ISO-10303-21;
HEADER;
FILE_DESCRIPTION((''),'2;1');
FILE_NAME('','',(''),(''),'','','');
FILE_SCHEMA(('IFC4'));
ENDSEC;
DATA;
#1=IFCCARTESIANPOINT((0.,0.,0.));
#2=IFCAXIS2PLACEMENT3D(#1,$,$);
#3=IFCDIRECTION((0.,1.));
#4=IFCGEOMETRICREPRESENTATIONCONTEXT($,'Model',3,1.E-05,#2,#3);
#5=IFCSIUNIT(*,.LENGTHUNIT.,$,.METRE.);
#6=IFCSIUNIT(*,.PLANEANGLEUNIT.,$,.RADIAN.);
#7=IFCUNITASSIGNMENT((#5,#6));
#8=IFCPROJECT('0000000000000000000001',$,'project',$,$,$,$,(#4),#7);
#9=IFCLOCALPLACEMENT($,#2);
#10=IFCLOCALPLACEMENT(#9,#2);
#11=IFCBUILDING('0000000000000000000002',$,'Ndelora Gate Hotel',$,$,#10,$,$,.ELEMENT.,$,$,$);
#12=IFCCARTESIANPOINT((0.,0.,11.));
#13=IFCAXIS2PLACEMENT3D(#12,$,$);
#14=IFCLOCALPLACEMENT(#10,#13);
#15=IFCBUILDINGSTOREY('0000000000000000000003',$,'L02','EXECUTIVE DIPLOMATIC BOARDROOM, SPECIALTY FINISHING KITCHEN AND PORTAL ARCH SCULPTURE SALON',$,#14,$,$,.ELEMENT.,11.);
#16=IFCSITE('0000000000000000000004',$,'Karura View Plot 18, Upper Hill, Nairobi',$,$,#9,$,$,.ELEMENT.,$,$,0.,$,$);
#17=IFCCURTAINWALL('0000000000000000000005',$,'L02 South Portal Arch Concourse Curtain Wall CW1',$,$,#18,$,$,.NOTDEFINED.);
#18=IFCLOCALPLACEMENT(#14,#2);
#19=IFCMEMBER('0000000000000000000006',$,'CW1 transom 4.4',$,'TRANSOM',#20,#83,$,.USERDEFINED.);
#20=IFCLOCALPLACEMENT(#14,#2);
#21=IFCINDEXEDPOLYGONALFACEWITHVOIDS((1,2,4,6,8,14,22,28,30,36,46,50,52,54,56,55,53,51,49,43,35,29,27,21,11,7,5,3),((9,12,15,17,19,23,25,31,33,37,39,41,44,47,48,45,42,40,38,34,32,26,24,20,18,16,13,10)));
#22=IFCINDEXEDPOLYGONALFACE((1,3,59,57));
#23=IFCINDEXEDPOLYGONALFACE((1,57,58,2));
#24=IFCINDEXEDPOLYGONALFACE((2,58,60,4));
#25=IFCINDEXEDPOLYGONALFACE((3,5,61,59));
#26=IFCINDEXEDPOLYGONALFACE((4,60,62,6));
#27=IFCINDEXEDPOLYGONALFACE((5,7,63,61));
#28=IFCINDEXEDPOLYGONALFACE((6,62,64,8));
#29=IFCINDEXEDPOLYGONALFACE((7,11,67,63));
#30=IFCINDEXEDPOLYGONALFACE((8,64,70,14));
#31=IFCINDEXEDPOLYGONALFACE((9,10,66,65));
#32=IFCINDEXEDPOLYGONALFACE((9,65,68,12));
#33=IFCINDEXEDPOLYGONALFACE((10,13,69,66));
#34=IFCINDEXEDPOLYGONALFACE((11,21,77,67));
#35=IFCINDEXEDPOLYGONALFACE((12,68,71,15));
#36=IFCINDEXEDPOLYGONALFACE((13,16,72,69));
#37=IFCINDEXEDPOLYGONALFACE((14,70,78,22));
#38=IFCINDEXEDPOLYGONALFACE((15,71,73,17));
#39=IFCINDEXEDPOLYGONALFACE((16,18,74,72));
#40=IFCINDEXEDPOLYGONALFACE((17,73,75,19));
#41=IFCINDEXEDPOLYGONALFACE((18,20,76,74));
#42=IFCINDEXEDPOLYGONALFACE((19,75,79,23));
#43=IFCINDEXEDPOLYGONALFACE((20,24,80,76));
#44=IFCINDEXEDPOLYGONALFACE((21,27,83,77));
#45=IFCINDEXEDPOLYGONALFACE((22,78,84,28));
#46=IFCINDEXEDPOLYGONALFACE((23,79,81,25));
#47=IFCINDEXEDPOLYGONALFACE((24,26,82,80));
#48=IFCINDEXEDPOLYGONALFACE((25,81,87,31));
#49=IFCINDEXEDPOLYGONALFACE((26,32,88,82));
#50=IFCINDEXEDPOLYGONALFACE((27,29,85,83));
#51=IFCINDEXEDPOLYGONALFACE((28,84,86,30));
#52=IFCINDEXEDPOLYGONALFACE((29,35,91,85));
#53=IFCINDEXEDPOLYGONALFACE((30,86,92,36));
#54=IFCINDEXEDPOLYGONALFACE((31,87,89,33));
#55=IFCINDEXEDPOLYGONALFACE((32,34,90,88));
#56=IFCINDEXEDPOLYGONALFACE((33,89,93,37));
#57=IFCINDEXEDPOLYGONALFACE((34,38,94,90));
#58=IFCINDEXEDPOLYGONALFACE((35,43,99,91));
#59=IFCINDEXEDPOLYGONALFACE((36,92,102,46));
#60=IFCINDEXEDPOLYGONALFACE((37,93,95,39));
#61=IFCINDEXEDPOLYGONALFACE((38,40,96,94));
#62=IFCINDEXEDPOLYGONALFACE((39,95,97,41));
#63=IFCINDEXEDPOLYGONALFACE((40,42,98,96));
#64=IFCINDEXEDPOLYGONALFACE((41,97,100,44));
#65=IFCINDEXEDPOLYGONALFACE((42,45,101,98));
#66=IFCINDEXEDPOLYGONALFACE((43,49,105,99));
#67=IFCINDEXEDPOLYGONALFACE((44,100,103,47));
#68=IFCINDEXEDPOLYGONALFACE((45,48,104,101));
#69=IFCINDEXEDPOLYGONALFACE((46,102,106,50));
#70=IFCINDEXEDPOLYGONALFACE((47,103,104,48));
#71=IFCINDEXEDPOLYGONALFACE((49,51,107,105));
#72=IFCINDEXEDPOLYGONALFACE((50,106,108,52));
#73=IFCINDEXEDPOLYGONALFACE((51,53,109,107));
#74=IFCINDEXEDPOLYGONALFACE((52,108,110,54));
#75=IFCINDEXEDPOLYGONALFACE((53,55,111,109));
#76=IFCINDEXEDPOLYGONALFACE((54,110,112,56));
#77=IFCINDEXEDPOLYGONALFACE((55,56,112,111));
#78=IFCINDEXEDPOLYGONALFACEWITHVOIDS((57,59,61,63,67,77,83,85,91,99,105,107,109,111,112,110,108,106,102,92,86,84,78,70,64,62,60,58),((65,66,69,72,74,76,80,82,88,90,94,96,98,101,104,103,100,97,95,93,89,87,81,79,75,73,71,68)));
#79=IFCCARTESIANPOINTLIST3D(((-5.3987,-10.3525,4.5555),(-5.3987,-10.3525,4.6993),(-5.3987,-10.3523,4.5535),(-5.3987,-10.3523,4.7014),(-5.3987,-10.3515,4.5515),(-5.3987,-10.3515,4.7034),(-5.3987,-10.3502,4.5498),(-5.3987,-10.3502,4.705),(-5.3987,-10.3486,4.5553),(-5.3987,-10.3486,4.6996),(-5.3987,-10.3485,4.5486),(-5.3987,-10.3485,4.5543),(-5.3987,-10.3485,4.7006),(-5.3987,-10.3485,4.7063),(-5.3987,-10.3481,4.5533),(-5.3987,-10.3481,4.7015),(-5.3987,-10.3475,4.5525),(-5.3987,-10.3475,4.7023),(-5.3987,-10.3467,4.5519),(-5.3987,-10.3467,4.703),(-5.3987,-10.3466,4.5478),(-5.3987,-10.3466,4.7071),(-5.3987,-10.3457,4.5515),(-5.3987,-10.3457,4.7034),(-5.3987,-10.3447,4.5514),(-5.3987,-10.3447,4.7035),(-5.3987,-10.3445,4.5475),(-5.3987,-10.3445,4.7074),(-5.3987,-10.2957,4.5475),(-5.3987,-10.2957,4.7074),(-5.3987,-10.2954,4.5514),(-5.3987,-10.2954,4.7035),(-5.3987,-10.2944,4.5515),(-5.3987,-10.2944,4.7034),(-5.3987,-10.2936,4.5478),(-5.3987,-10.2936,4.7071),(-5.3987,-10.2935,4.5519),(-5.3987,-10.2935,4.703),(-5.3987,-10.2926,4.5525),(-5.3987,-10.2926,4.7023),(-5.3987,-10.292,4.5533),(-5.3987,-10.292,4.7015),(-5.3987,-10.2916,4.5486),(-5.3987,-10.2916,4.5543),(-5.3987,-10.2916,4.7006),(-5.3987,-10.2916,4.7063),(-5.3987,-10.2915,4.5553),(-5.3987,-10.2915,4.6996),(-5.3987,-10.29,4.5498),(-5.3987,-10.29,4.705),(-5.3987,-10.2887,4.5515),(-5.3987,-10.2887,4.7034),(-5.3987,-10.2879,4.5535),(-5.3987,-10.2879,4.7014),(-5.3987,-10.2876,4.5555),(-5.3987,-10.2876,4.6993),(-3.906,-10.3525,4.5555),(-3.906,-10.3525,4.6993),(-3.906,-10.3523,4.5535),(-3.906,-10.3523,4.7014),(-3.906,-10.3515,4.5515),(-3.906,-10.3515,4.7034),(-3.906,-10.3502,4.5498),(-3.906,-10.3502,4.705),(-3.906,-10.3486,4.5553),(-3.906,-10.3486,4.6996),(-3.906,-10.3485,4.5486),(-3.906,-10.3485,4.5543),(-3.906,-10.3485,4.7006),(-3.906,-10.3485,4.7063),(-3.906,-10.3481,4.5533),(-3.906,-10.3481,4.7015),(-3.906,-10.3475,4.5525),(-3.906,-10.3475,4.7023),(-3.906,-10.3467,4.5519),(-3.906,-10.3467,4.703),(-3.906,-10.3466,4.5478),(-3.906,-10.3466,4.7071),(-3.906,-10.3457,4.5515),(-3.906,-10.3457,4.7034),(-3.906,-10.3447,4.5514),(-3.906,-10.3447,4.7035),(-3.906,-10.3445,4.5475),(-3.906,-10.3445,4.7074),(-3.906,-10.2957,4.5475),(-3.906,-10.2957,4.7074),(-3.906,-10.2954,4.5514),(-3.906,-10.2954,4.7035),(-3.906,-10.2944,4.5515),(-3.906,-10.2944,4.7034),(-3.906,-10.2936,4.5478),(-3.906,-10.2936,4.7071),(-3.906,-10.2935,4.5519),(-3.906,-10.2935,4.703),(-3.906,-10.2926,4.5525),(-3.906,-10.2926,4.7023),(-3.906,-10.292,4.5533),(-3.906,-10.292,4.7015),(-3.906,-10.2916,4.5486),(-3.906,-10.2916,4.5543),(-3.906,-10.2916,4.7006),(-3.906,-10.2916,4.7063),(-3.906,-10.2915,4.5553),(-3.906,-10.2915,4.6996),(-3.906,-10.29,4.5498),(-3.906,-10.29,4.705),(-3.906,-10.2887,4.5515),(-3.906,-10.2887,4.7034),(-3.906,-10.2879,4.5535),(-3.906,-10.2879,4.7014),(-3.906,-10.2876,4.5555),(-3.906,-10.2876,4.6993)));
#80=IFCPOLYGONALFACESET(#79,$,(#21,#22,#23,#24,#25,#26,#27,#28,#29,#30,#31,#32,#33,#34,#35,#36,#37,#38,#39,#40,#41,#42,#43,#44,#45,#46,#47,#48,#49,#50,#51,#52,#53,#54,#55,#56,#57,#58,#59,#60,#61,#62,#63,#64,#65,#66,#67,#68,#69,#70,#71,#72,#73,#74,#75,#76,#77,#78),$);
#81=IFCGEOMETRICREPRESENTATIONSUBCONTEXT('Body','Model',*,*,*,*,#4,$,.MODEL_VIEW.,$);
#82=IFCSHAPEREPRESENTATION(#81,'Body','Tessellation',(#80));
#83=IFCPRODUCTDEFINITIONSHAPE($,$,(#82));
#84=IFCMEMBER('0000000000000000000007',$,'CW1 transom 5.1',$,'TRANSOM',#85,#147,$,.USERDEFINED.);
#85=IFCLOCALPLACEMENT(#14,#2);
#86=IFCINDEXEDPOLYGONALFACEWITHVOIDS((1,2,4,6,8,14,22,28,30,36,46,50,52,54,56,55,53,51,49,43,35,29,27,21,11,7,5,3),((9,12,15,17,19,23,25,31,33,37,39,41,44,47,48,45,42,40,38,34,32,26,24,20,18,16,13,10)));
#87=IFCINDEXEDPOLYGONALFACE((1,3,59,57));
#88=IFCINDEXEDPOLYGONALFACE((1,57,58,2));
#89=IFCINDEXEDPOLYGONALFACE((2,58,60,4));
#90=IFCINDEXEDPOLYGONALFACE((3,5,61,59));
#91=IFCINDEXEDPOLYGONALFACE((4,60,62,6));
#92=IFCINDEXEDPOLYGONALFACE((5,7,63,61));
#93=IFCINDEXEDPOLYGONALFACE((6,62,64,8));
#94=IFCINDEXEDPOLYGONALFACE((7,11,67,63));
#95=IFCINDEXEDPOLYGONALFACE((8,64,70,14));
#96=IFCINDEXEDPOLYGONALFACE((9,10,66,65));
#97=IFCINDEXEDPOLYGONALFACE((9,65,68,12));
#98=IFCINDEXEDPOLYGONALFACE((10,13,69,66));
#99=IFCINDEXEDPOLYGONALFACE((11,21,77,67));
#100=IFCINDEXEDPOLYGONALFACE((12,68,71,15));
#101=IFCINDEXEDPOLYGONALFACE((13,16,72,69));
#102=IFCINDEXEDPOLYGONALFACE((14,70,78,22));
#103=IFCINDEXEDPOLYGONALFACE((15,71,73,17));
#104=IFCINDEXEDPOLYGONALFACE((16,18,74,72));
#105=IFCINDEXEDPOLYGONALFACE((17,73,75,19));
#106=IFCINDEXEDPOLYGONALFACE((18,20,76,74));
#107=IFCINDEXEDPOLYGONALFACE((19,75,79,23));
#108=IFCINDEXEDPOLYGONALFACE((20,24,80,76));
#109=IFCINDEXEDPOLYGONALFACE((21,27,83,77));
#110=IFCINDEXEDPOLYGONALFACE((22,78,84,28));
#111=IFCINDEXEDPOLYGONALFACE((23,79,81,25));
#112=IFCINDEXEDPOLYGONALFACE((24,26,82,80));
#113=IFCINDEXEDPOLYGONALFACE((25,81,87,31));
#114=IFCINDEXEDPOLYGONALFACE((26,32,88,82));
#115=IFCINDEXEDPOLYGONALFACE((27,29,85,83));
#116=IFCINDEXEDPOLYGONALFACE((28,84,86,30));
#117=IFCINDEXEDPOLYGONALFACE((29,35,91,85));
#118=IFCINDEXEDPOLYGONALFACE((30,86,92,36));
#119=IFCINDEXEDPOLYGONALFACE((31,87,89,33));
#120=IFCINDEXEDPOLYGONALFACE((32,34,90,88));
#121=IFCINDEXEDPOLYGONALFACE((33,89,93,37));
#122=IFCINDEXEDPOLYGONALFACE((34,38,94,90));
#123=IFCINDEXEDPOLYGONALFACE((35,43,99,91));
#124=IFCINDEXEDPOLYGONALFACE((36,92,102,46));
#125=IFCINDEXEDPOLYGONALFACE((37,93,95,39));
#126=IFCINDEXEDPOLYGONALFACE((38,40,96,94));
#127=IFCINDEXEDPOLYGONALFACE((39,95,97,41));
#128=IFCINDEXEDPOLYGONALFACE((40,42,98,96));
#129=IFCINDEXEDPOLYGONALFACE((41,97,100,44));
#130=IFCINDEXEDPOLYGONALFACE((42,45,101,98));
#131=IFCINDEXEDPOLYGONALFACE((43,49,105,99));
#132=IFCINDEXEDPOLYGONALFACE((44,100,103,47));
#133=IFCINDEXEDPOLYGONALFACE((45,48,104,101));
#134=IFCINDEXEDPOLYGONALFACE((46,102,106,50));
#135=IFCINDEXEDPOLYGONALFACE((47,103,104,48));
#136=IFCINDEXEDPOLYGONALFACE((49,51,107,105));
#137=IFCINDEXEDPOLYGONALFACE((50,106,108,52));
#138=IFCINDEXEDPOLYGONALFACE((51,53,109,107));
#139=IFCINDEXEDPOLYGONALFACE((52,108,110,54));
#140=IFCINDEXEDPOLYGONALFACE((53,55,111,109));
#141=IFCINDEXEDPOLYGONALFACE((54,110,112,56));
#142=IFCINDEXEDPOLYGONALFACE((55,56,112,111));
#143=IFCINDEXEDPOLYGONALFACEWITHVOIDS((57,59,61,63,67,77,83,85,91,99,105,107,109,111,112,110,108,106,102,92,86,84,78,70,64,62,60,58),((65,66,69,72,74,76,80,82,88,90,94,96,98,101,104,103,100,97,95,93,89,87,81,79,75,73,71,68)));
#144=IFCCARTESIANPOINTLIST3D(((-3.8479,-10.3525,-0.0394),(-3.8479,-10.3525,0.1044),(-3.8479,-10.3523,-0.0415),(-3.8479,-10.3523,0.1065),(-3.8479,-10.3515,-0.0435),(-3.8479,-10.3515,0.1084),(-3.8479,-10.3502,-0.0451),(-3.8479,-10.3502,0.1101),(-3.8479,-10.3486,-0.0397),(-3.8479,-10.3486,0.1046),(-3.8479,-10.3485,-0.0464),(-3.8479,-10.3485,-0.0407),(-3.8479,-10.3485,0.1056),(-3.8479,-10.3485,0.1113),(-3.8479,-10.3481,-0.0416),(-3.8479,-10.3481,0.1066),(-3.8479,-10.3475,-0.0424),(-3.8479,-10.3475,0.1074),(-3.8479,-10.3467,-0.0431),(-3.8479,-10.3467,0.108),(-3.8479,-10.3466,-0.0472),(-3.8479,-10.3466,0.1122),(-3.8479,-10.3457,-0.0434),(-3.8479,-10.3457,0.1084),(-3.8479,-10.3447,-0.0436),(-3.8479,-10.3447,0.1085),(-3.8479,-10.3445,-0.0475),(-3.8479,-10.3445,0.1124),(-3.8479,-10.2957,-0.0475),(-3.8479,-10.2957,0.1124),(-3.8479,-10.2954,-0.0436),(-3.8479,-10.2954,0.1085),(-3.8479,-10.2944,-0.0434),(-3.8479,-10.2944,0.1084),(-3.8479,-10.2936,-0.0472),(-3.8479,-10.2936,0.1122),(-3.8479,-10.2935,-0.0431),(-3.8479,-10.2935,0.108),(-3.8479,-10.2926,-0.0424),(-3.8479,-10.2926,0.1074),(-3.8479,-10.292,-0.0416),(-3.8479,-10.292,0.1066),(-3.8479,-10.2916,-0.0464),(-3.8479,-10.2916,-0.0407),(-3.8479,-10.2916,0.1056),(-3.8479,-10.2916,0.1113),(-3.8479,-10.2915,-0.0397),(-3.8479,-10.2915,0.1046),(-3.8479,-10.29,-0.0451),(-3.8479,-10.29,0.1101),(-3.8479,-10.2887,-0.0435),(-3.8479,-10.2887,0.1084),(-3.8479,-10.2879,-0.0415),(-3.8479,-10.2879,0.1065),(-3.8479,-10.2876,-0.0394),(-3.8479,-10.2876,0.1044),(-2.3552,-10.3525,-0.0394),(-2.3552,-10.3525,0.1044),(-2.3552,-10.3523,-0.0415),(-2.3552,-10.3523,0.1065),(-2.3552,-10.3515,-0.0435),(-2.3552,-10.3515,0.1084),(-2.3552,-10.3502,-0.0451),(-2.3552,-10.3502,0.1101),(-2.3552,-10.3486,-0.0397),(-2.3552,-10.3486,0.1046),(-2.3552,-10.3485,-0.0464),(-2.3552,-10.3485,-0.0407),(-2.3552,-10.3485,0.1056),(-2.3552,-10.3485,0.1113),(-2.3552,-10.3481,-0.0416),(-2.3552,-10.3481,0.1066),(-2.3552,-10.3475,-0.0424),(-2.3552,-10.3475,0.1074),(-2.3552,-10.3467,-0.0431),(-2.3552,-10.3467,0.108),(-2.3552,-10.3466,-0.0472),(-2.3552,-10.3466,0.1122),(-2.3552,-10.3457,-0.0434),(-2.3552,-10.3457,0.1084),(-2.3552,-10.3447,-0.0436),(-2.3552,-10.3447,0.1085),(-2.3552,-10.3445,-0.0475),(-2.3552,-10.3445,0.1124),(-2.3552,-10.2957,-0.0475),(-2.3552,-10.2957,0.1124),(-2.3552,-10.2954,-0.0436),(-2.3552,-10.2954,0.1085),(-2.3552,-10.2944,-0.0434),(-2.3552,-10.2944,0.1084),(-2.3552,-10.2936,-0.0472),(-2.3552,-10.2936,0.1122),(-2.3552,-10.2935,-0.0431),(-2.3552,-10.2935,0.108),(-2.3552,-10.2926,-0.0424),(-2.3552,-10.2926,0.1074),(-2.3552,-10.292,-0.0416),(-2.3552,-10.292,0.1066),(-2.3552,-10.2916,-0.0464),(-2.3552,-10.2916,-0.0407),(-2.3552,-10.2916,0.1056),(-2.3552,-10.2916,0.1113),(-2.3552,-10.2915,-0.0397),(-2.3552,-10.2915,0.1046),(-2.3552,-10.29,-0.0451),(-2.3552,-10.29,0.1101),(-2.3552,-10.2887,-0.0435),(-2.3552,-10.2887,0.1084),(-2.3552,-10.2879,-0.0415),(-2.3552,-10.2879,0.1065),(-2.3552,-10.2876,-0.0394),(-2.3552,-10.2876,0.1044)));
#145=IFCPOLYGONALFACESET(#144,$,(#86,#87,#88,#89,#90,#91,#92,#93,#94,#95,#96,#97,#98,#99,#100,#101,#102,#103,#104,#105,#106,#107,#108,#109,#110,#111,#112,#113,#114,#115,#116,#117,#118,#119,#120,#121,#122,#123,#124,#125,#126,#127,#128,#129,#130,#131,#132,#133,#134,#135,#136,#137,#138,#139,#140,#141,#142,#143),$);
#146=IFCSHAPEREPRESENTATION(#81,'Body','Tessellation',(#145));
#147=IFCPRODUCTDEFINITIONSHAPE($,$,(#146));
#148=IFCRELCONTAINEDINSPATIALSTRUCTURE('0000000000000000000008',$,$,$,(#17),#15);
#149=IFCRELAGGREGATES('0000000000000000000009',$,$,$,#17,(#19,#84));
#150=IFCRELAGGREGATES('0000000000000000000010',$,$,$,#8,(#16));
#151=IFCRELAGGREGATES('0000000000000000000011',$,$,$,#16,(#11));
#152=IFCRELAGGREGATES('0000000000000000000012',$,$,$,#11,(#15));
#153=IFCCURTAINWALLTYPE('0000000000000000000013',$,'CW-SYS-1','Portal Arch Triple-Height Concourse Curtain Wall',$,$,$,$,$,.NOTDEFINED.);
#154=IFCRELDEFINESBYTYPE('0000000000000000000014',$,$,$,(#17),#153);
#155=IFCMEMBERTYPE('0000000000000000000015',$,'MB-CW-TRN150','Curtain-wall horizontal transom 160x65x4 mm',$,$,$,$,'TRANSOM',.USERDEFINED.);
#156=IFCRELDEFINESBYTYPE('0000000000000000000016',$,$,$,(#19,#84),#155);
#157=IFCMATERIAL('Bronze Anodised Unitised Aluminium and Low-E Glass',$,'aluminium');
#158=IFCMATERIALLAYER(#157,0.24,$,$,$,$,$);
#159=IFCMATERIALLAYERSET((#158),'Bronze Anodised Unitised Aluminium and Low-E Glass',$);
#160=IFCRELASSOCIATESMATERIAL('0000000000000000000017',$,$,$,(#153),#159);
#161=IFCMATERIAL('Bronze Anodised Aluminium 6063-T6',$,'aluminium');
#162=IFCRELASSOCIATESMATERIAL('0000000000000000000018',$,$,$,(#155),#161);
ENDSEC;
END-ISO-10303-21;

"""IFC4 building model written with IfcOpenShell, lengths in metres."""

from ifc_helpers import new_model, si_unit, direction, frame, origin, origin_2d, place, context, subcontext, project, spatial, hollow_rectangle, extrude, material, layer, layer_set, material_profile, profile_set, type_object, element, aggregate, save


model = new_model("IFC4")

# Units and contexts
model_context = context("Model", 3, precision=1e-05, world=origin(), true_north=direction((0.0, 1.0)))
body_context = subcontext(model_context, "Body", "Model", "MODEL_VIEW")
ifc_project = project(units=[si_unit("LENGTHUNIT", "METRE"), si_unit("PLANEANGLEUNIT", "RADIAN")], contexts=[model_context])

# Site, building, storey
site_placement = place(None, origin())
site = spatial("IfcSite", under=ifc_project, at=site_placement, Name="Karura View Plot 18, Upper Hill, Nairobi", CompositionType="ELEMENT", RefElevation=0.0)
building_placement = place(site_placement, origin())
building = spatial("IfcBuilding", under=site, at=building_placement, Name="Ndelora Gate Hotel", CompositionType="ELEMENT")
storey_placement = place(building_placement, frame((0.0, 0.0, 11.0)))
storey = spatial("IfcBuildingStorey", under=building, at=storey_placement, Name="L02", Description="EXECUTIVE DIPLOMATIC BOARDROOM, SPECIALTY FINISHING KITCHEN AND PORTAL ARCH SCULPTURE SALON", CompositionType="ELEMENT", Elevation=11.0)

# Curtain wall, members
ifc_material_1 = material(Name="Bronze Anodised Unitised Aluminium and Low-E Glass", Category="aluminium")
ifc_layer_1 = layer(ifc_material_1, 0.24)
ifc_layer_set_1 = layer_set([ifc_layer_1], Name="Bronze Anodised Unitised Aluminium and Low-E Glass")
curtain_wall_type = type_object("IfcCurtainWallType", Name="CW-SYS-1", Description="Portal Arch Triple-Height Concourse Curtain Wall", PredefinedType="NOTDEFINED", material=ifc_layer_set_1)
curtain_wall_placement = place(storey_placement, origin())
curtain_wall = element("IfcCurtainWall", 1, at=curtain_wall_placement, inside=storey, type_object=curtain_wall_type, Name="L02 South Portal Arch Concourse Curtain Wall CW1", PredefinedType="NOTDEFINED")
ifc_material_2 = material(Name="Bronze Anodised Aluminium 6063-T6", Category="aluminium")
ifc_material_profile_1 = material_profile(ifc_material_2, hollow_rectangle(XDim=0.0649, YDim=0.1599, WallThickness=0.0039, InnerFilletRadius=0.0039, OuterFilletRadius=0.0081, at=origin_2d()), Name="ALU 160x65x4")
ifc_profile_set_1 = profile_set([ifc_material_profile_1], Name="Bronze Anodised Aluminium 6063-T6")
member_type_1 = type_object("IfcMemberType", Name="MB-CW-TRN150", Description="Curtain-wall horizontal transom 160x65x4 mm", ElementType="TRANSOM", PredefinedType="USERDEFINED", material=ifc_profile_set_1)
member_1_placement = place(storey_placement, frame((-5.3987, -10.3201, 4.6274), z_axis=(1.0, 0.0, 0.0), x_axis=(0.0, 1.0, 0.0)))
member_1 = element("IfcMember", 2, at=member_1_placement, type_object=member_type_1, Name="CW1 transom 4.4", ObjectType="TRANSOM", PredefinedType="USERDEFINED", context=body_context, shape_type="SweptSolid", body=[
    extrude(hollow_rectangle(XDim=0.0649, YDim=0.1599, WallThickness=0.0039, InnerFilletRadius=0.0039, OuterFilletRadius=0.0081, at=origin_2d()), origin(), (0.0, 0.0, 1.0), 1.4927),
])
member_2_placement = place(storey_placement, frame((-3.8479, -10.3201, 0.0325), z_axis=(1.0, 0.0, 0.0), x_axis=(0.0, 1.0, 0.0)))
member_2 = element("IfcMember", 3, at=member_2_placement, type_object=member_type_1, Name="CW1 transom 5.1", ObjectType="TRANSOM", PredefinedType="USERDEFINED", context=body_context, shape_type="SweptSolid", body=[
    extrude(hollow_rectangle(XDim=0.0649, YDim=0.1599, WallThickness=0.0039, InnerFilletRadius=0.0039, OuterFilletRadius=0.0081, at=origin_2d()), origin(), (0.0, 0.0, 1.0), 1.4927),
])
aggregate(curtain_wall, [member_1, member_2])

save(model, "model.ifc")
